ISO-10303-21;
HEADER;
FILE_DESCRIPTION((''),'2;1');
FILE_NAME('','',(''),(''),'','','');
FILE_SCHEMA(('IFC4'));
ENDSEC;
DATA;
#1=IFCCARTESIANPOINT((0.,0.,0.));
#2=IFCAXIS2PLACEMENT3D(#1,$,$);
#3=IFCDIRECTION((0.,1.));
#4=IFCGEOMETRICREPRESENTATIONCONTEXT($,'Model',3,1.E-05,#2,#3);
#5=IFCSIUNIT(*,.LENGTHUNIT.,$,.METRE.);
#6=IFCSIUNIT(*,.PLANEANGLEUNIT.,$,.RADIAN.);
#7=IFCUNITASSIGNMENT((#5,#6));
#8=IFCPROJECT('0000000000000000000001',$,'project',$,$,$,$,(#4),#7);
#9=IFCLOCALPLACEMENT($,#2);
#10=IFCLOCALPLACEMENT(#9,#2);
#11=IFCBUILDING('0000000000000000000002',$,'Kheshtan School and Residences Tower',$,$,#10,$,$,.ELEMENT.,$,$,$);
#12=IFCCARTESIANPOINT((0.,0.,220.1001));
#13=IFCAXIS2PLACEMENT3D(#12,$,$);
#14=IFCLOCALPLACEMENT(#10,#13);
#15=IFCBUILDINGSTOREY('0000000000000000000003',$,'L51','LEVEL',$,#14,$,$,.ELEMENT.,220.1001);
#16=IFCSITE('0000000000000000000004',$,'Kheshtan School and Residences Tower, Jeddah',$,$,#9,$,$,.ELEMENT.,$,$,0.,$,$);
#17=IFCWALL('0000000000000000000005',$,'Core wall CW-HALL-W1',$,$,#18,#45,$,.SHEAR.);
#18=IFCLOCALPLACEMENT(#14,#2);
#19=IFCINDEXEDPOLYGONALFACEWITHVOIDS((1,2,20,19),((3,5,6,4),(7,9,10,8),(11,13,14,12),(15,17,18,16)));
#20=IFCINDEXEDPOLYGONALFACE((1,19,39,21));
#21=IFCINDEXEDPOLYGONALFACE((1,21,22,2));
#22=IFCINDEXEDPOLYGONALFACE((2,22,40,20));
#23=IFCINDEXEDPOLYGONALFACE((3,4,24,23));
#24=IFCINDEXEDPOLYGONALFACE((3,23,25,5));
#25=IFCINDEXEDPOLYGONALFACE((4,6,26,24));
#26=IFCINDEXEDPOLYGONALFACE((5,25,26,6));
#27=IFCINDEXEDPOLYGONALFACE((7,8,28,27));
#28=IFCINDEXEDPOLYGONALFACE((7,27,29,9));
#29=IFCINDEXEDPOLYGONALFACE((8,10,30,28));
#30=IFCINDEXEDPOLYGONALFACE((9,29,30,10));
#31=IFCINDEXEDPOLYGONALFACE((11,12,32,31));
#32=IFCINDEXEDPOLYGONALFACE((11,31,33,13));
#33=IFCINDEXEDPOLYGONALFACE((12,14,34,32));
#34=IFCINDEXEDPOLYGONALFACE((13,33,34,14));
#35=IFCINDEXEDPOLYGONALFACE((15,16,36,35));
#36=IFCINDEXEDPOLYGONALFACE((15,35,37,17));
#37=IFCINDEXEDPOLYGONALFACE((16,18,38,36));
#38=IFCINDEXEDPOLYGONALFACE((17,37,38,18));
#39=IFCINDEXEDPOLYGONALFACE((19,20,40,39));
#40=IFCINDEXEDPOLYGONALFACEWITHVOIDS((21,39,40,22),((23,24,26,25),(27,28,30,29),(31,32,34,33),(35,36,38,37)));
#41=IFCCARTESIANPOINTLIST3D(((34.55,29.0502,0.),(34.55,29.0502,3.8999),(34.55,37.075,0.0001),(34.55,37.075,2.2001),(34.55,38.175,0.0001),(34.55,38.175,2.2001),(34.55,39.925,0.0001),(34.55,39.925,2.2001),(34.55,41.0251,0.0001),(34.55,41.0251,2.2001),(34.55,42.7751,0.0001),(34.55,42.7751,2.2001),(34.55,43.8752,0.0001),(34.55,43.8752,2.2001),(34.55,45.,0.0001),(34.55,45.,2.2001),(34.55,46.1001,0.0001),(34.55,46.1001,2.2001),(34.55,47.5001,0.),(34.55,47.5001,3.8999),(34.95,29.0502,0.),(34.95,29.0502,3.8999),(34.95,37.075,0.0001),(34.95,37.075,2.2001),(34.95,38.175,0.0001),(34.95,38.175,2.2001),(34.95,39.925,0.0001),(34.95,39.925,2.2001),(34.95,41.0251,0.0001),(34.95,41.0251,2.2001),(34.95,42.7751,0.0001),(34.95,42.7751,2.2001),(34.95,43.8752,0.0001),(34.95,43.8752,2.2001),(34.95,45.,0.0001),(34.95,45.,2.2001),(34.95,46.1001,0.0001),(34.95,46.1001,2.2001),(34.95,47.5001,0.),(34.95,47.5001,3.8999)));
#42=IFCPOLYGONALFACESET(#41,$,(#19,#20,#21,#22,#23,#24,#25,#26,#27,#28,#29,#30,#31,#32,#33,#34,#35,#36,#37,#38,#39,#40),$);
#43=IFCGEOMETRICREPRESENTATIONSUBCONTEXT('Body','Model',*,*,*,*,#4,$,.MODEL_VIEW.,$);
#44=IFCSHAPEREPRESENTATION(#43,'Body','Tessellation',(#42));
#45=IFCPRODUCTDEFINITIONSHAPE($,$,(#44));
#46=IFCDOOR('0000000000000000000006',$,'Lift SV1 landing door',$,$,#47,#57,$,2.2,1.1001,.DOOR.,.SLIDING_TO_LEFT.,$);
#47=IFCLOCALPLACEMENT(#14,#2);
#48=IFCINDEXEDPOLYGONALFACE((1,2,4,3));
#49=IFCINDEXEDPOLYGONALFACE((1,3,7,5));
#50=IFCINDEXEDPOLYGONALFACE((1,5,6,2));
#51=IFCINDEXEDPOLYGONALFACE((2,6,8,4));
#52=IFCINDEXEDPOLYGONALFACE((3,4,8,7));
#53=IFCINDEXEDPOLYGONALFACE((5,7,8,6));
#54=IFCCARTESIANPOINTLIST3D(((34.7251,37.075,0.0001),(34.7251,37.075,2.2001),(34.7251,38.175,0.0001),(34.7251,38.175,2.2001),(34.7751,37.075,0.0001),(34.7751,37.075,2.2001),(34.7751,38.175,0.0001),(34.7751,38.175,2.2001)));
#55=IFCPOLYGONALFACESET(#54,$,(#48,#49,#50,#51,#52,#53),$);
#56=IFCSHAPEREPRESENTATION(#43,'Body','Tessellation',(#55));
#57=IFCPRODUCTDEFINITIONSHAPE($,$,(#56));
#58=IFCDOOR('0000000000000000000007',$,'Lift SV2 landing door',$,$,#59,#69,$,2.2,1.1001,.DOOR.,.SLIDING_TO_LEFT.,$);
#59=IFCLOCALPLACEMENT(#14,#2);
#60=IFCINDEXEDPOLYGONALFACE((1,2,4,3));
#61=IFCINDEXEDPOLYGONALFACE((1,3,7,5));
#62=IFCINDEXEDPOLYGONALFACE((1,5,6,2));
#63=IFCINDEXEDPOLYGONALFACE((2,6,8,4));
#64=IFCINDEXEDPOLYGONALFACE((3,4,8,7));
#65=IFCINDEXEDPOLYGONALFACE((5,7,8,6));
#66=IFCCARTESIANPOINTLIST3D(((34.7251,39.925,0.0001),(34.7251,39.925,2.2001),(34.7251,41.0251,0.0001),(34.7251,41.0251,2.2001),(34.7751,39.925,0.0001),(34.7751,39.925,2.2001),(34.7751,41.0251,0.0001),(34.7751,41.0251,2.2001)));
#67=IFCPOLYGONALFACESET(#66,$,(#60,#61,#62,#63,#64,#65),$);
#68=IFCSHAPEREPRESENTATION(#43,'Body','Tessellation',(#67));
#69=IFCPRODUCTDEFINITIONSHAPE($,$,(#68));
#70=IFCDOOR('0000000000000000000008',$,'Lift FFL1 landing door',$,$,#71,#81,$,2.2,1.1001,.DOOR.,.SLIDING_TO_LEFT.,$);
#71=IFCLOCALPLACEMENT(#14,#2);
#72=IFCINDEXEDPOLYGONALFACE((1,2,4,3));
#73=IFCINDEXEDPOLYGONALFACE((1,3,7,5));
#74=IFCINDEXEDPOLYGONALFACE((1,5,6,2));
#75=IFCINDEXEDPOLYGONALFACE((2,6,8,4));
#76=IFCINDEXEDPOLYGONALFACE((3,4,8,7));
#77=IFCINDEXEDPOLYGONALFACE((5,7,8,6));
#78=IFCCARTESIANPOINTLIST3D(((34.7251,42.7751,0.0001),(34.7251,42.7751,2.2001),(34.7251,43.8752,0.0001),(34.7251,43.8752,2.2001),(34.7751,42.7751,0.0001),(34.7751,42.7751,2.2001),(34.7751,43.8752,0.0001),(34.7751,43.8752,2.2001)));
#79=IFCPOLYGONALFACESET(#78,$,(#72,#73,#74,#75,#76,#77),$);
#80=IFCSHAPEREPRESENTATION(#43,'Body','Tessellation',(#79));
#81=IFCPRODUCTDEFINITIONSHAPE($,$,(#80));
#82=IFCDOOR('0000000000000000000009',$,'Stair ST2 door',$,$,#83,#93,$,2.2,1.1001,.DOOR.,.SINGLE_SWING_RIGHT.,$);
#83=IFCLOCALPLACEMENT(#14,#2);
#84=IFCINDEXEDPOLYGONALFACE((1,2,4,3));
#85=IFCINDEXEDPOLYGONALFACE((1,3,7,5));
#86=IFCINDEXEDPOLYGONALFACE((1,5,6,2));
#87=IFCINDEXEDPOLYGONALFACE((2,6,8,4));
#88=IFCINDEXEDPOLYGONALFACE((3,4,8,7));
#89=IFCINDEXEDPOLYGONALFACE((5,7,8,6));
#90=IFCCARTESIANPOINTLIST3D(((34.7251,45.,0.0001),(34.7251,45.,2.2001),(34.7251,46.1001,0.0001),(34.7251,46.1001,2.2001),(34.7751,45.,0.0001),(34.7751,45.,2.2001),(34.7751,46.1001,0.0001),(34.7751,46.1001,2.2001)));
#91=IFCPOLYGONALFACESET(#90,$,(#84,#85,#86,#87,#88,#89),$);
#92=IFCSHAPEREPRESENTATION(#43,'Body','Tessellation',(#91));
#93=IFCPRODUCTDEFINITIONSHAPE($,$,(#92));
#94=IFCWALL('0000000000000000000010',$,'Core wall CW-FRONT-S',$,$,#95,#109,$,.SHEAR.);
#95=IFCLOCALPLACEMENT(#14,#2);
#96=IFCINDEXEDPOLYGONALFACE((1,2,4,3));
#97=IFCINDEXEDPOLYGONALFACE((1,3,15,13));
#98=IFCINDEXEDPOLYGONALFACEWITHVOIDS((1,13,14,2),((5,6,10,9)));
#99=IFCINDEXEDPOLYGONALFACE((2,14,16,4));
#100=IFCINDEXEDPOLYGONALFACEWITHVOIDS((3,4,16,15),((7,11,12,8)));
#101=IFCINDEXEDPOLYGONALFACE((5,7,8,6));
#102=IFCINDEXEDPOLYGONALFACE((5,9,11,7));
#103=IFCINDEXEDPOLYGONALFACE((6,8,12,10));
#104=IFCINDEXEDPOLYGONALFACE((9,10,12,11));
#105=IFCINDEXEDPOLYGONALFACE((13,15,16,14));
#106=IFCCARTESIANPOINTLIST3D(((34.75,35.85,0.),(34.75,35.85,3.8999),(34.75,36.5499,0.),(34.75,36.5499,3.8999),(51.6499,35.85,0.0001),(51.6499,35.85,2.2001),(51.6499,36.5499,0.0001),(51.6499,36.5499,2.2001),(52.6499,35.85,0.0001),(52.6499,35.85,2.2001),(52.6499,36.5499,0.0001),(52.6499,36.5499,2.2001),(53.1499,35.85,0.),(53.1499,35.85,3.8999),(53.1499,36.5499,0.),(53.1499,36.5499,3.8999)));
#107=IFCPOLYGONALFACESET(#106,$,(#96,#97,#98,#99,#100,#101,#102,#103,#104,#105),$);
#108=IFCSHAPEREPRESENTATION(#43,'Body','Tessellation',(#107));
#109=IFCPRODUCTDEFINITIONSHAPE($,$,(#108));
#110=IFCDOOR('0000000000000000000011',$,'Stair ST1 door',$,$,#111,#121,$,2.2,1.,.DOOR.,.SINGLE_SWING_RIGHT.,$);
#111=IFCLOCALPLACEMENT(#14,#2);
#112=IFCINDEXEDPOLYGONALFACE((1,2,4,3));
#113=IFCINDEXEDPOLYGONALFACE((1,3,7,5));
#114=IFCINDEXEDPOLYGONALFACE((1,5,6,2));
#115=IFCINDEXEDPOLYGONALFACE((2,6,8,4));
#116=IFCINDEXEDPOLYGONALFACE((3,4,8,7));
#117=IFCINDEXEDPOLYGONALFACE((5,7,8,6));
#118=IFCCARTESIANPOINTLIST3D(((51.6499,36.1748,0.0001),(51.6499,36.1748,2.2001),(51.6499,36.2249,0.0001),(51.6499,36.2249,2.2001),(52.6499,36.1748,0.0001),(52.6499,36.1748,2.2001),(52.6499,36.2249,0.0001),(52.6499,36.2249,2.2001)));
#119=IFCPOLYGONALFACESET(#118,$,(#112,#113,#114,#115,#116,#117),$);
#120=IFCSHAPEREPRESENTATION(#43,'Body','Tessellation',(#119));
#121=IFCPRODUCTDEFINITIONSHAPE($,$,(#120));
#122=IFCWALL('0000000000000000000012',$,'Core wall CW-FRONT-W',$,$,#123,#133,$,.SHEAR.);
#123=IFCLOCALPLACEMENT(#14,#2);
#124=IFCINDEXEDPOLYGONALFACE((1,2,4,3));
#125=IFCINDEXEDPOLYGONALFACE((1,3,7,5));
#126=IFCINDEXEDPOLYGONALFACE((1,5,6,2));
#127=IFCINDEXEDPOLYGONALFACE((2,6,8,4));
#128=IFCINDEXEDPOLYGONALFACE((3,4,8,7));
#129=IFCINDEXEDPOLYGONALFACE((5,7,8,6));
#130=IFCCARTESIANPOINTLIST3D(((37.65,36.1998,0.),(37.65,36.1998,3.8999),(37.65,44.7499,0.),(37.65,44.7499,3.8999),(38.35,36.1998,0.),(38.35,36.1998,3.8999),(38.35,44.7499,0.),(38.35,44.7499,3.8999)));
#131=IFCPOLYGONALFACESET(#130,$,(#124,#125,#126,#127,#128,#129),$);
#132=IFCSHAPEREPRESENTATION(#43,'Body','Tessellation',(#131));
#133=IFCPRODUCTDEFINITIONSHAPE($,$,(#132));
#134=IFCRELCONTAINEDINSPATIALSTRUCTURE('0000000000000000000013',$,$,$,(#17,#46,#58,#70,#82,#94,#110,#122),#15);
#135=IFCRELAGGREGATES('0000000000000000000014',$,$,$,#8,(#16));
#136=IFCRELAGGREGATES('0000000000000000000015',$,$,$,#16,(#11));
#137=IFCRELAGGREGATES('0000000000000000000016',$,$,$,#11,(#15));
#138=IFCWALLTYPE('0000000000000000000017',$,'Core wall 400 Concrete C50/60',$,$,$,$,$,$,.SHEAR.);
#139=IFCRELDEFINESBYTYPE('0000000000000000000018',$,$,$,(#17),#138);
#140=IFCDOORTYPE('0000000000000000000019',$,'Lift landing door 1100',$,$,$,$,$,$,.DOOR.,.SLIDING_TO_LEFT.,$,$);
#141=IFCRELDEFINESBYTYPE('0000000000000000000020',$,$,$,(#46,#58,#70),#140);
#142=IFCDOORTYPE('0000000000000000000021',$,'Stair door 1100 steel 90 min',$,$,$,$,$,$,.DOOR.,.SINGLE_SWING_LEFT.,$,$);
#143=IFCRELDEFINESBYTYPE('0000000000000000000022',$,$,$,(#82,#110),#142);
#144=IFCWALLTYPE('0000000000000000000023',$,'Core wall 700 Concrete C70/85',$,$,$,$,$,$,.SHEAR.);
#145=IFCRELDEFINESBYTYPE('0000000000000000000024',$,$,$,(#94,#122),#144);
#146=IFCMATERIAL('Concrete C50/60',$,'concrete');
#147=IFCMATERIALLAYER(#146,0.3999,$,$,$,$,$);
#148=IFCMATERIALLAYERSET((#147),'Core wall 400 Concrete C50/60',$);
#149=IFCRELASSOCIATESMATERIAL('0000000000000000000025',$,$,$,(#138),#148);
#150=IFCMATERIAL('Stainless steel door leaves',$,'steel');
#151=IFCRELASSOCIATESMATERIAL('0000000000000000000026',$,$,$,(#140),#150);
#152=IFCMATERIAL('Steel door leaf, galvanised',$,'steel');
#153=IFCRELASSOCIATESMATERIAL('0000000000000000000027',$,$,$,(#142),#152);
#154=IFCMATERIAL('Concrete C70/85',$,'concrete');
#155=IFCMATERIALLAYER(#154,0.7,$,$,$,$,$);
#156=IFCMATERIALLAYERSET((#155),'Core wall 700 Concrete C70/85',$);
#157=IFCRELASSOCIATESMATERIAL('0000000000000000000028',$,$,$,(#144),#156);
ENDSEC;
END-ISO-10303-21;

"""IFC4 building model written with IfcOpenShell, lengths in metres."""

from ifc_helpers import new_model, si_unit, direction, frame, frame_2d, origin, place, context, subcontext, project, spatial, rectangle, extrude, source, transform, mapped, material, layer, layer_set, type_object, element, fill, save


model = new_model("IFC4")

# Units and contexts
model_context = context("Model", 3, precision=1e-05, world=origin(), true_north=direction((0.0, 1.0)))
body_context = subcontext(model_context, "Body", "Model", "MODEL_VIEW")
ifc_project = project(units=[si_unit("LENGTHUNIT", "METRE"), si_unit("PLANEANGLEUNIT", "RADIAN")], contexts=[model_context])

# Site, building, storey
site_placement = place(None, origin())
site = spatial("IfcSite", under=ifc_project, at=site_placement, Name="Kheshtan School and Residences Tower, Jeddah", CompositionType="ELEMENT", RefElevation=0.0)
building_placement = place(site_placement, origin())
building = spatial("IfcBuilding", under=site, at=building_placement, Name="Kheshtan School and Residences Tower", CompositionType="ELEMENT")
storey_placement = place(building_placement, frame((0.0, 0.0, 220.1001)))
storey = spatial("IfcBuildingStorey", under=building, at=storey_placement, Name="L51", Description="LEVEL", CompositionType="ELEMENT", Elevation=220.1001)

# Shared definitions
ifc_material_1 = material(Name="Concrete C50/60", Category="concrete")
ifc_layer_1 = layer(ifc_material_1, 0.3999)
ifc_layer_set_1 = layer_set([ifc_layer_1], Name="Core wall 400 Concrete C50/60")
wall_type_1 = type_object("IfcWallType", Name="Core wall 400 Concrete C50/60", PredefinedType="SHEAR", material=ifc_layer_set_1)
ifc_material_2 = material(Name="Stainless steel door leaves", Category="steel")
door_type_1 = type_object("IfcDoorType", Name="Lift landing door 1100", OperationType="SLIDING_TO_LEFT", PredefinedType="DOOR", material=ifc_material_2)
shared_shape_1 = source(origin(), body_context, "Body", "SweptSolid", [
    extrude(rectangle(XDim=1.1001, YDim=2.2, at=frame_2d((0.55, 1.1001))), frame((0.0, 0.0249, 0.0), z_axis=(0.0, -1.0, 0.0), x_axis=(1.0, 0.0, 0.0)), (0.0, 0.0, 1.0), 0.05),
])

# Wall, openings, doors
wall_1_placement = place(storey_placement, frame((34.75, 29.05, 0.0), z_axis=(0.0, 0.0, 1.0), x_axis=(0.0, 1.0, 0.0)))
wall_1 = element("IfcWall", 1, at=wall_1_placement, inside=storey, type_object=wall_type_1, Name="Core wall CW-HALL-W1", PredefinedType="SHEAR", context=body_context, shape_type="SweptSolid", body=[
    extrude(rectangle(XDim=18.45, YDim=0.3999, at=frame_2d((9.2251, 0.0))), origin(), (0.0, 0.0, 1.0), 3.8999),
])
opening_1_placement = place(wall_1_placement, frame((8.0249, 0.0, 0.0)))
opening_1 = element("IfcOpeningElement", 2, at=opening_1_placement, cuts=wall_1, PredefinedType="OPENING", context=body_context, shape_type="SweptSolid", body=[
    extrude(rectangle(XDim=1.1001, YDim=2.2, at=frame_2d((0.55, 1.1001))), frame((0.0, 0.21, 0.0), z_axis=(0.0, -1.0, 0.0), x_axis=(1.0, 0.0, 0.0)), (0.0, 0.0, 1.0), 0.4199),
])
opening_2_placement = place(wall_1_placement, frame((10.875, 0.0, 0.0)))
opening_2 = element("IfcOpeningElement", 3, at=opening_2_placement, cuts=wall_1, PredefinedType="OPENING", context=body_context, shape_type="SweptSolid", body=[
    extrude(rectangle(XDim=1.1001, YDim=2.2, at=frame_2d((0.55, 1.1001))), frame((0.0, 0.21, 0.0), z_axis=(0.0, -1.0, 0.0), x_axis=(1.0, 0.0, 0.0)), (0.0, 0.0, 1.0), 0.4199),
])
opening_3_placement = place(wall_1_placement, frame((13.7251, 0.0, 0.0)))
opening_3 = element("IfcOpeningElement", 4, at=opening_3_placement, cuts=wall_1, PredefinedType="OPENING", context=body_context, shape_type="SweptSolid", body=[
    extrude(rectangle(XDim=1.1001, YDim=2.2, at=frame_2d((0.55, 1.1001))), frame((0.0, 0.21, 0.0), z_axis=(0.0, -1.0, 0.0), x_axis=(1.0, 0.0, 0.0)), (0.0, 0.0, 1.0), 0.4199),
])
opening_4_placement = place(wall_1_placement, frame((15.95, 0.0, 0.0)))
opening_4 = element("IfcOpeningElement", 5, at=opening_4_placement, cuts=wall_1, PredefinedType="OPENING", context=body_context, shape_type="SweptSolid", body=[
    extrude(rectangle(XDim=1.1001, YDim=2.2, at=frame_2d((0.55, 1.1001))), frame((0.0, 0.21, 0.0), z_axis=(0.0, -1.0, 0.0), x_axis=(1.0, 0.0, 0.0)), (0.0, 0.0, 1.0), 0.4199),
])
door_1_placement = place(opening_1_placement, origin())
door_1 = element("IfcDoor", 6, at=door_1_placement, inside=storey, type_object=door_type_1, Name="Lift SV1 landing door", OperationType="SLIDING_TO_LEFT", OverallHeight=2.2, OverallWidth=1.1001, PredefinedType="DOOR", context=body_context, shape_type="MappedRepresentation", body=[
    mapped(shared_shape_1, transform((0.0, 0.0, 0.0), x_axis=(1.0, 0.0, 0.0), y_axis=(0.0, 1.0, 0.0), z_axis=(0.0, 0.0, 1.0), scale=1.0)),
])
fill(opening_1, door_1)
door_2_placement = place(opening_2_placement, origin())
door_2 = element("IfcDoor", 7, at=door_2_placement, inside=storey, type_object=door_type_1, Name="Lift SV2 landing door", OperationType="SLIDING_TO_LEFT", OverallHeight=2.2, OverallWidth=1.1001, PredefinedType="DOOR", context=body_context, shape_type="MappedRepresentation", body=[
    mapped(shared_shape_1, transform((0.0, 0.0, 0.0), x_axis=(1.0, 0.0, 0.0), y_axis=(0.0, 1.0, 0.0), z_axis=(0.0, 0.0, 1.0), scale=1.0)),
])
fill(opening_2, door_2)
door_3_placement = place(opening_3_placement, origin())
door_3 = element("IfcDoor", 8, at=door_3_placement, inside=storey, type_object=door_type_1, Name="Lift FFL1 landing door", OperationType="SLIDING_TO_LEFT", OverallHeight=2.2, OverallWidth=1.1001, PredefinedType="DOOR", context=body_context, shape_type="MappedRepresentation", body=[
    mapped(shared_shape_1, transform((0.0, 0.0, 0.0), x_axis=(1.0, 0.0, 0.0), y_axis=(0.0, 1.0, 0.0), z_axis=(0.0, 0.0, 1.0), scale=1.0)),
])
fill(opening_3, door_3)
ifc_material_3 = material(Name="Steel door leaf, galvanised", Category="steel")
door_type_2 = type_object("IfcDoorType", Name="Stair door 1100 steel 90 min", OperationType="SINGLE_SWING_LEFT", PredefinedType="DOOR", material=ifc_material_3)
shared_shape_2 = source(origin(), body_context, "Body", "SweptSolid", [
    extrude(rectangle(XDim=1.1001, YDim=2.2, at=frame_2d((0.55, 1.1001))), frame((0.0, 0.0249, 0.0), z_axis=(0.0, -1.0, 0.0), x_axis=(1.0, 0.0, 0.0)), (0.0, 0.0, 1.0), 0.05),
])
door_4_placement = place(opening_4_placement, origin())
door_4 = element("IfcDoor", 9, at=door_4_placement, inside=storey, type_object=door_type_2, Name="Stair ST2 door", OperationType="SINGLE_SWING_RIGHT", OverallHeight=2.2, OverallWidth=1.1001, PredefinedType="DOOR", context=body_context, shape_type="MappedRepresentation", body=[
    mapped(shared_shape_2, transform((0.0, 0.0, 0.0), x_axis=(1.0, 0.0, 0.0), y_axis=(0.0, 1.0, 0.0), z_axis=(0.0, 0.0, 1.0), scale=1.0)),
])
fill(opening_4, door_4)

# Wall, opening, door
ifc_material_4 = material(Name="Concrete C70/85", Category="concrete")
ifc_layer_2 = layer(ifc_material_4, 0.7)
ifc_layer_set_2 = layer_set([ifc_layer_2], Name="Core wall 700 Concrete C70/85")
wall_type_2 = type_object("IfcWallType", Name="Core wall 700 Concrete C70/85", PredefinedType="SHEAR", material=ifc_layer_set_2)
wall_2_placement = place(storey_placement, frame((34.75, 36.2, 0.0), z_axis=(0.0, 0.0, 1.0), x_axis=(1.0, 0.0, 0.0)))
wall_2 = element("IfcWall", 10, at=wall_2_placement, inside=storey, type_object=wall_type_2, Name="Core wall CW-FRONT-S", PredefinedType="SHEAR", context=body_context, shape_type="SweptSolid", body=[
    extrude(rectangle(XDim=18.3999, YDim=0.7, at=frame_2d((9.2, 0.0))), origin(), (0.0, 0.0, 1.0), 3.8999),
])
opening_5_placement = place(wall_2_placement, frame((16.8999, 0.0, 0.0)))
opening_5 = element("IfcOpeningElement", 11, at=opening_5_placement, cuts=wall_2, PredefinedType="OPENING", context=body_context, shape_type="SweptSolid", body=[
    extrude(rectangle(XDim=1.0, YDim=2.2, at=frame_2d((0.5, 1.1001))), frame((0.0, 0.3599, 0.0), z_axis=(0.0, -1.0, 0.0), x_axis=(1.0, 0.0, 0.0)), (0.0, 0.0, 1.0), 0.72),
])
shared_shape_3 = source(origin(), body_context, "Body", "SweptSolid", [
    extrude(rectangle(XDim=1.0, YDim=2.2, at=frame_2d((0.5, 1.1001))), frame((0.0, 0.0249, 0.0), z_axis=(0.0, -1.0, 0.0), x_axis=(1.0, 0.0, 0.0)), (0.0, 0.0, 1.0), 0.05),
])
door_5_placement = place(opening_5_placement, origin())
door_5 = element("IfcDoor", 12, at=door_5_placement, inside=storey, type_object=door_type_2, Name="Stair ST1 door", OperationType="SINGLE_SWING_RIGHT", OverallHeight=2.2, OverallWidth=1.0, PredefinedType="DOOR", context=body_context, shape_type="MappedRepresentation", body=[
    mapped(shared_shape_3, transform((0.0, 0.0, 0.0), x_axis=(1.0, 0.0, 0.0), y_axis=(0.0, 1.0, 0.0), z_axis=(0.0, 0.0, 1.0), scale=1.0)),
])
fill(opening_5, door_5)

# Wall
wall_3_placement = place(storey_placement, frame((38.0, 36.2, 0.0), z_axis=(0.0, 0.0, 1.0), x_axis=(0.0, 1.0, 0.0)))
element("IfcWall", 13, at=wall_3_placement, inside=storey, type_object=wall_type_2, Name="Core wall CW-FRONT-W", PredefinedType="SHEAR", context=body_context, shape_type="SweptSolid", body=[
    extrude(rectangle(XDim=8.55, YDim=0.7, at=frame_2d((4.2749, 0.0))), origin(), (0.0, 0.0, 1.0), 3.8999),
])

save(model, "model.ifc")
